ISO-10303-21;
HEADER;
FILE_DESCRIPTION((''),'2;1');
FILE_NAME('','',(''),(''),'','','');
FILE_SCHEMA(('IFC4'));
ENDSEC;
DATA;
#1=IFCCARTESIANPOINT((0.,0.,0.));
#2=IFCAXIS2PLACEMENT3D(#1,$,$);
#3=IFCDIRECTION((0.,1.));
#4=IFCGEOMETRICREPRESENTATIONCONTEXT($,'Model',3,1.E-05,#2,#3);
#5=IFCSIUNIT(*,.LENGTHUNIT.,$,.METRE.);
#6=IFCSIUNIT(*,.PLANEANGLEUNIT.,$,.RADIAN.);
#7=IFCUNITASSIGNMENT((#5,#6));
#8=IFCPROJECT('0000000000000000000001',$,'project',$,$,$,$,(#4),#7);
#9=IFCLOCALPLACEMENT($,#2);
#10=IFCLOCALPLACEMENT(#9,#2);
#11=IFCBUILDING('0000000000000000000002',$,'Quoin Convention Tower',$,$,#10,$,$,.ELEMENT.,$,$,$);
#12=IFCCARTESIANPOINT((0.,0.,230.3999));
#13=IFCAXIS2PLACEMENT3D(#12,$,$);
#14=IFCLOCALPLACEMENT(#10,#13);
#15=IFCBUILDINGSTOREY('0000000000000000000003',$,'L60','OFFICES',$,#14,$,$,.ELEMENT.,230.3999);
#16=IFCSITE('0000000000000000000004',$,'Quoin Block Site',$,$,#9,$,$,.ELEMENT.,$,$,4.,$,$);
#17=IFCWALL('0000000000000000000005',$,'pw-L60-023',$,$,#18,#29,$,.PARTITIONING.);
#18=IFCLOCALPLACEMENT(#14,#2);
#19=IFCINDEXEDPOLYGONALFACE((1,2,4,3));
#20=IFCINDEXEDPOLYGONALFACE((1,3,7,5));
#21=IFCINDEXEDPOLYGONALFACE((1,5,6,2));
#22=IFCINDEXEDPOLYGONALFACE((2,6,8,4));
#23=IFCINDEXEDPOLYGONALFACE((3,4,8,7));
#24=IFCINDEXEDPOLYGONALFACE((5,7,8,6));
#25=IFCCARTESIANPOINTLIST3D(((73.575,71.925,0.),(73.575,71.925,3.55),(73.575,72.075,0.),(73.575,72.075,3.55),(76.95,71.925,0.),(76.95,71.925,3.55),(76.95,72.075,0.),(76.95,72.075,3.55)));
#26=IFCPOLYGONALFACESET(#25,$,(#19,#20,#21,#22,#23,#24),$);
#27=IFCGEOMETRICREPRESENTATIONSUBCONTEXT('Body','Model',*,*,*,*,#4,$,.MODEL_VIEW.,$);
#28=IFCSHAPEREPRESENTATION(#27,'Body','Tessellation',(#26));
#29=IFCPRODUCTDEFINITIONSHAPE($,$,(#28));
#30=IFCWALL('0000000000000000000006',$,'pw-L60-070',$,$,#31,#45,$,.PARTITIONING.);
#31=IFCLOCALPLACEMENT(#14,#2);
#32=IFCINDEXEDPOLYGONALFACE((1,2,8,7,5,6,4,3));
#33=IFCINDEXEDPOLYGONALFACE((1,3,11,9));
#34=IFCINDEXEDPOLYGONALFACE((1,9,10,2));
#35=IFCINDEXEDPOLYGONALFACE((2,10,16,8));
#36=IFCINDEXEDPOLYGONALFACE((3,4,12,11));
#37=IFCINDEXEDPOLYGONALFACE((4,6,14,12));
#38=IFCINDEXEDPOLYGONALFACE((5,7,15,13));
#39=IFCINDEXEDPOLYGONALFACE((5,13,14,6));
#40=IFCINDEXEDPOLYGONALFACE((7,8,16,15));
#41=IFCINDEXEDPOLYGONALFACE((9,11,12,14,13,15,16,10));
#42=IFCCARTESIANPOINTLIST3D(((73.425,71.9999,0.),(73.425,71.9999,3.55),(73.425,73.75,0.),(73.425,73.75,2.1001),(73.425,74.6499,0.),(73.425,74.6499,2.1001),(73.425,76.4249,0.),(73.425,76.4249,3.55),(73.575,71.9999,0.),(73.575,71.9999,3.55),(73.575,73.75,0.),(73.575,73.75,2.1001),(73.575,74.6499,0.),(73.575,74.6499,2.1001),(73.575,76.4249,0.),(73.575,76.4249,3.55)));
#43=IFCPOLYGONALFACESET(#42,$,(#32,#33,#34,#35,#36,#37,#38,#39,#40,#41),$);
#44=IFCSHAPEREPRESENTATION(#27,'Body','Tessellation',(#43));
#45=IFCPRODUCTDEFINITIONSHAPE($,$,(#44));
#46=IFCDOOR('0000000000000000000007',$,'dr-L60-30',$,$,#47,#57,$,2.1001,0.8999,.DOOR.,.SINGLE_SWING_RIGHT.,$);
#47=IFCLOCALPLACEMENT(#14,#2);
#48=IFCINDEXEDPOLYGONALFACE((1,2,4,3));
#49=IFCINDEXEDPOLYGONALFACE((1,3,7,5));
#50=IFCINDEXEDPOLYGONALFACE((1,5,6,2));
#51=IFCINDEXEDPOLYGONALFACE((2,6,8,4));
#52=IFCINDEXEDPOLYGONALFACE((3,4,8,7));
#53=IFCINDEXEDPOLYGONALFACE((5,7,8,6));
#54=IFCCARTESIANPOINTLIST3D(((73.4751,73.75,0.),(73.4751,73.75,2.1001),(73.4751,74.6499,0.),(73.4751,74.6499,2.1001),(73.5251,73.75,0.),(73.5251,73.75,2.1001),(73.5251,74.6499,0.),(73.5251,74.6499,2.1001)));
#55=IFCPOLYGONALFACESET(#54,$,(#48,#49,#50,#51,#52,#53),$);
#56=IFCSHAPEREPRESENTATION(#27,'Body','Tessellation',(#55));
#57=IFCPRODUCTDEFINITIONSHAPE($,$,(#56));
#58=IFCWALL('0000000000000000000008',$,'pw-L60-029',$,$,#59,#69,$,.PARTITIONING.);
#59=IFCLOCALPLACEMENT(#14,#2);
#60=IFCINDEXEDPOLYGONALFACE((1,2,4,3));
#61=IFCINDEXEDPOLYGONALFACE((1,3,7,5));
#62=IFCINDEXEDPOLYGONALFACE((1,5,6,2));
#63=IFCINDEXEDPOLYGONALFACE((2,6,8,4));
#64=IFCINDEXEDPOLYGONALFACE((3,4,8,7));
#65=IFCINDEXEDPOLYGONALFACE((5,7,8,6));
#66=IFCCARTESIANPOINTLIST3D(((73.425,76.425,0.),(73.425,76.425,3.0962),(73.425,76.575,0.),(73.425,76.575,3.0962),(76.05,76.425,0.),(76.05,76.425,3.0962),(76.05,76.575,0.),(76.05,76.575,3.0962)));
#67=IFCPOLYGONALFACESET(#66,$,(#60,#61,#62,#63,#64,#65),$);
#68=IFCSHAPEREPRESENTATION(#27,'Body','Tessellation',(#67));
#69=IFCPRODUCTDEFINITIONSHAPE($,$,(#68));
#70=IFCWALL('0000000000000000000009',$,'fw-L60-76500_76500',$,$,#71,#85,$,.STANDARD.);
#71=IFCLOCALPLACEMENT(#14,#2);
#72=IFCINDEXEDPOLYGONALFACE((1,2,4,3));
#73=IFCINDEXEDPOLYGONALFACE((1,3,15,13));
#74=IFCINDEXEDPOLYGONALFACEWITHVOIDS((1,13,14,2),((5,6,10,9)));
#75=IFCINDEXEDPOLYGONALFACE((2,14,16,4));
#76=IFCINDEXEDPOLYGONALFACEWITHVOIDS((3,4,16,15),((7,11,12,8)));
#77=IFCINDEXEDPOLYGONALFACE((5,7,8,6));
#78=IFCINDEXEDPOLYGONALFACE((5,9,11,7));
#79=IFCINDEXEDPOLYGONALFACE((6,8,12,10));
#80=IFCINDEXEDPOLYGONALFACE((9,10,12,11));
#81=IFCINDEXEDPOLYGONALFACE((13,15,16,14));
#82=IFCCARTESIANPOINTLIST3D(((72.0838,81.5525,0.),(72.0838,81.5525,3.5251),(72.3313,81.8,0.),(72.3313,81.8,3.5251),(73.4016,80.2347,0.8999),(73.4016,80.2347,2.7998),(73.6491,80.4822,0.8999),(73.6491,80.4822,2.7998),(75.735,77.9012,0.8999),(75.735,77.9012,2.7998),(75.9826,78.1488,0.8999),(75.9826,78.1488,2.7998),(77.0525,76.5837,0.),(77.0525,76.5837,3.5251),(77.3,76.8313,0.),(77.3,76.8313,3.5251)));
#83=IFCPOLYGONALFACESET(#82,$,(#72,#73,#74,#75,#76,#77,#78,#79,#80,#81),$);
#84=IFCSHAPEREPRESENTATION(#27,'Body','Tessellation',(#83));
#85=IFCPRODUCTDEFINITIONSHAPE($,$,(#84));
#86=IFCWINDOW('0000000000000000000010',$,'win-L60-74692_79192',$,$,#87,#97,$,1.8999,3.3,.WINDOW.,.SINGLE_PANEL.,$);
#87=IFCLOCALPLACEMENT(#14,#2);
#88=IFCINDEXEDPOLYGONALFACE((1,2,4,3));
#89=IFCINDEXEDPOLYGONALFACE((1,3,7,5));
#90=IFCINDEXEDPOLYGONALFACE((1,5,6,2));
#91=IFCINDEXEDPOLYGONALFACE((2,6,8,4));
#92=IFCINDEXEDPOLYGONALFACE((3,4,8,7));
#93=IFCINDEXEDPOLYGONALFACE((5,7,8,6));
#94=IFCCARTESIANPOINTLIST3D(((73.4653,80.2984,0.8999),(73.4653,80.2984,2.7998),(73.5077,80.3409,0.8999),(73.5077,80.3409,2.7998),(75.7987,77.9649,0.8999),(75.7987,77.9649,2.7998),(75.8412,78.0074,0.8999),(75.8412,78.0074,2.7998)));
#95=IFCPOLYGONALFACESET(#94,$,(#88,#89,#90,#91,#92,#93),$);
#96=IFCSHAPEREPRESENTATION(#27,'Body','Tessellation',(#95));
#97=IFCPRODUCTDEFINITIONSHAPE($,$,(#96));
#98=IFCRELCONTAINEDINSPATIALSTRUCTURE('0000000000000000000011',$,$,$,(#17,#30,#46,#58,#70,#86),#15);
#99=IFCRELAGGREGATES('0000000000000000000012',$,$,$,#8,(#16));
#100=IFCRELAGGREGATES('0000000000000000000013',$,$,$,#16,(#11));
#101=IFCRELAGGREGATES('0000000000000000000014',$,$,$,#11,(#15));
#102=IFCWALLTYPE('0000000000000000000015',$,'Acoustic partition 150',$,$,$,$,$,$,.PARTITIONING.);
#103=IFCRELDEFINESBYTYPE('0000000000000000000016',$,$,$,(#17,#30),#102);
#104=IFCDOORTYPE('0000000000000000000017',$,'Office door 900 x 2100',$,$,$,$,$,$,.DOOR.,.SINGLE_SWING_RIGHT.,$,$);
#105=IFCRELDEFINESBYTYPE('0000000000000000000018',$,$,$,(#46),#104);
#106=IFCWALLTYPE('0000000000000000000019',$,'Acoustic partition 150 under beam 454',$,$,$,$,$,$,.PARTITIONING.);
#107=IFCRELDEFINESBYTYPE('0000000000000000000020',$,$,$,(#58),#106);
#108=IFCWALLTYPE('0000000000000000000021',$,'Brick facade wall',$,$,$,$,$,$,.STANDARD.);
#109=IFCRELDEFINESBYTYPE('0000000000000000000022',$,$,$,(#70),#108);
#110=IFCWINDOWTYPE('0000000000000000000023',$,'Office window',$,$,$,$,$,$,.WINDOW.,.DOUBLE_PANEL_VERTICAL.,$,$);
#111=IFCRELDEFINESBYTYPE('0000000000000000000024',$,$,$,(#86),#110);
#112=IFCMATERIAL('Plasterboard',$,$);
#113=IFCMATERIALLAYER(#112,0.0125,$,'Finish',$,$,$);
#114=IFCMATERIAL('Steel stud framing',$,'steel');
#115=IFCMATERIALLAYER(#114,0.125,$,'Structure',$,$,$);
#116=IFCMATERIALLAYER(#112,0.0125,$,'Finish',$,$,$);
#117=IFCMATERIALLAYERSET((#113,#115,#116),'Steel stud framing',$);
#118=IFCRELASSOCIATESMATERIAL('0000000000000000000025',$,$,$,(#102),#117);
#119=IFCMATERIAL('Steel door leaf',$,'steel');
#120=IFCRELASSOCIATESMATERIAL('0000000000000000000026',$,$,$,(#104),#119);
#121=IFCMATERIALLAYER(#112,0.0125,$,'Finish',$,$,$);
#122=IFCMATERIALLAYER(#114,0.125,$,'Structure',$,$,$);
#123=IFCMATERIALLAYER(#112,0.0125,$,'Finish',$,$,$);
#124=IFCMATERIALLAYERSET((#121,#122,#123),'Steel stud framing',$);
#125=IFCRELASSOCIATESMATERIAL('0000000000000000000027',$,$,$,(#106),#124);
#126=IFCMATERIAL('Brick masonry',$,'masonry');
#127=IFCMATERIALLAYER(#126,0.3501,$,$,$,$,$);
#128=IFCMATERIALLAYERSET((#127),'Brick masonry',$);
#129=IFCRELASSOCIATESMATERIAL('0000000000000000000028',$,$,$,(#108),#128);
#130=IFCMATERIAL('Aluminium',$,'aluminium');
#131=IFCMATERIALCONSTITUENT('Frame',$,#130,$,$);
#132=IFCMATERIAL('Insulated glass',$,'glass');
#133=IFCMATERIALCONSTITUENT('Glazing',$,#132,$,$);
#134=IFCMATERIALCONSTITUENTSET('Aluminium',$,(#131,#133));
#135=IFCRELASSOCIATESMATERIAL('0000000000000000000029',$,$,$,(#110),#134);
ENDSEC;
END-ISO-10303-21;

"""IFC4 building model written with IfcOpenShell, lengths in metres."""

from ifc_helpers import new_model, si_unit, direction, frame, frame_2d, origin, place, context, subcontext, project, spatial, rectangle, extrude, material, layer, layer_set, constituent, constituent_set, type_object, element, fill, save


model = new_model("IFC4")

# Units and contexts
model_context = context("Model", 3, precision=1e-05, world=origin(), true_north=direction((0.0, 1.0)))
body_context = subcontext(model_context, "Body", "Model", "MODEL_VIEW")
ifc_project = project(units=[si_unit("LENGTHUNIT", "METRE"), si_unit("PLANEANGLEUNIT", "RADIAN")], contexts=[model_context])

# Site, building, storey
site_placement = place(None, origin())
site = spatial("IfcSite", under=ifc_project, at=site_placement, Name="Quoin Block Site", CompositionType="ELEMENT", RefElevation=4.0)
building_placement = place(site_placement, origin())
building = spatial("IfcBuilding", under=site, at=building_placement, Name="Quoin Convention Tower", CompositionType="ELEMENT")
storey_placement = place(building_placement, frame((0.0, 0.0, 230.3999)))
storey = spatial("IfcBuildingStorey", under=building, at=storey_placement, Name="L60", Description="OFFICES", CompositionType="ELEMENT", Elevation=230.3999)

# Wall
ifc_material_1 = material(Name="Plasterboard")
ifc_layer_1 = layer(ifc_material_1, 0.0125, Name="Finish")
ifc_material_2 = material(Name="Steel stud framing", Category="steel")
ifc_layer_2 = layer(ifc_material_2, 0.125, Name="Structure")
ifc_layer_3 = layer(ifc_material_1, 0.0125, Name="Finish")
ifc_layer_set_1 = layer_set([ifc_layer_1, ifc_layer_2, ifc_layer_3], Name="Steel stud framing")
wall_type_1 = type_object("IfcWallType", Name="Acoustic partition 150", PredefinedType="PARTITIONING", material=ifc_layer_set_1)
wall_1_placement = place(storey_placement, frame((73.575, 72.0, 0.0), z_axis=(0.0, 0.0, 1.0), x_axis=(1.0, 0.0, 0.0)))
element("IfcWall", 1, at=wall_1_placement, inside=storey, type_object=wall_type_1, Name="pw-L60-023", PredefinedType="PARTITIONING", context=body_context, shape_type="SweptSolid", body=[
    extrude(rectangle(XDim=3.375, YDim=0.1499, at=frame_2d((1.6875, 0.0))), origin(), (0.0, 0.0, 1.0), 3.55),
])

# Wall, opening, door
wall_2_placement = place(storey_placement, frame((73.5, 72.0, 0.0), z_axis=(0.0, 0.0, 1.0), x_axis=(0.0, 1.0, 0.0)))
wall_2 = element("IfcWall", 2, at=wall_2_placement, inside=storey, type_object=wall_type_1, Name="pw-L60-070", PredefinedType="PARTITIONING", context=body_context, shape_type="SweptSolid", body=[
    extrude(rectangle(XDim=4.425, YDim=0.1499, at=frame_2d((2.2124, 0.0))), origin(), (0.0, 0.0, 1.0), 3.55),
])
opening_1_placement = place(wall_2_placement, frame((1.75, 0.0, 0.0)))
opening_1 = element("IfcOpeningElement", 3, at=opening_1_placement, cuts=wall_2, PredefinedType="OPENING", context=body_context, shape_type="SweptSolid", body=[
    extrude(rectangle(XDim=0.8999, YDim=2.1001, at=frame_2d((0.45, 1.05))), frame((0.0, 0.085, 0.0), z_axis=(0.0, -1.0, 0.0), x_axis=(1.0, 0.0, 0.0)), (0.0, 0.0, 1.0), 0.1699),
])
ifc_material_3 = material(Name="Steel door leaf", Category="steel")
door_type = type_object("IfcDoorType", Name="Office door 900 x 2100", OperationType="SINGLE_SWING_RIGHT", PredefinedType="DOOR", material=ifc_material_3)
door_1_placement = place(opening_1_placement, origin())
door_1 = element("IfcDoor", 4, at=door_1_placement, inside=storey, type_object=door_type, Name="dr-L60-30", OperationType="SINGLE_SWING_RIGHT", OverallHeight=2.1001, OverallWidth=0.8999, PredefinedType="DOOR", context=body_context, shape_type="SweptSolid", body=[
    extrude(rectangle(XDim=0.8999, YDim=2.1001, at=frame_2d((0.45, 1.05))), frame((0.0, 0.0249, 0.0), z_axis=(0.0, -1.0, 0.0), x_axis=(1.0, 0.0, 0.0)), (0.0, 0.0, 1.0), 0.05),
])
fill(opening_1, door_1)

# Wall
ifc_layer_4 = layer(ifc_material_1, 0.0125, Name="Finish")
ifc_layer_5 = layer(ifc_material_2, 0.125, Name="Structure")
ifc_layer_6 = layer(ifc_material_1, 0.0125, Name="Finish")
ifc_layer_set_2 = layer_set([ifc_layer_4, ifc_layer_5, ifc_layer_6], Name="Steel stud framing")
wall_type_2 = type_object("IfcWallType", Name="Acoustic partition 150 under beam 454", PredefinedType="PARTITIONING", material=ifc_layer_set_2)
wall_3_placement = place(storey_placement, frame((73.425, 76.5, 0.0), z_axis=(0.0, 0.0, 1.0), x_axis=(1.0, 0.0, 0.0)))
element("IfcWall", 5, at=wall_3_placement, inside=storey, type_object=wall_type_2, Name="pw-L60-029", PredefinedType="PARTITIONING", context=body_context, shape_type="SweptSolid", body=[
    extrude(rectangle(XDim=2.625, YDim=0.1499, at=frame_2d((1.3125, 0.0))), origin(), (0.0, 0.0, 1.0), 3.0962),
])

# Wall, opening, window
ifc_material_4 = material(Name="Brick masonry", Category="masonry")
ifc_layer_7 = layer(ifc_material_4, 0.3501)
ifc_layer_set_3 = layer_set([ifc_layer_7], Name="Brick masonry")
wall_type_3 = type_object("IfcWallType", Name="Brick facade wall", PredefinedType="STANDARD", material=ifc_layer_set_3)
wall_4_placement = place(storey_placement, frame((77.1763, 76.7075, 0.0), z_axis=(0.0, 0.0, 1.0), x_axis=(-0.707107, 0.707107, 0.0)))
wall_4 = element("IfcWall", 6, at=wall_4_placement, inside=storey, type_object=wall_type_3, Name="fw-L60-76500_76500", PredefinedType="STANDARD", context=body_context, shape_type="SweptSolid", body=[
    extrude(rectangle(XDim=7.0269, YDim=0.3501, at=frame_2d((3.5134, 0.0))), origin(), (0.0, 0.0, 1.0), 3.5251),
])
opening_2_placement = place(wall_4_placement, frame((1.8633, 0.0, 0.8999)))
opening_2 = element("IfcOpeningElement", 7, at=opening_2_placement, cuts=wall_4, PredefinedType="OPENING", context=body_context, shape_type="SweptSolid", body=[
    extrude(rectangle(XDim=3.3, YDim=1.8999, at=frame_2d((1.6499, 0.95))), frame((0.0, 0.1851, 0.0), z_axis=(0.0, -1.0, 0.0), x_axis=(1.0, 0.0, 0.0)), (0.0, 0.0, 1.0), 0.3701),
])
ifc_material_5 = material(Name="Aluminium", Category="aluminium")
ifc_constituent_1 = constituent(ifc_material_5, Name="Frame")
ifc_material_6 = material(Name="Insulated glass", Category="glass")
ifc_constituent_2 = constituent(ifc_material_6, Name="Glazing")
ifc_constituent_set = constituent_set(constituents=[ifc_constituent_1, ifc_constituent_2], Name="Aluminium")
window_type = type_object("IfcWindowType", Name="Office window", PartitioningType="DOUBLE_PANEL_VERTICAL", PredefinedType="WINDOW", material=ifc_constituent_set)
window_1_placement = place(opening_2_placement, origin())
window_1 = element("IfcWindow", 8, at=window_1_placement, inside=storey, type_object=window_type, Name="win-L60-74692_79192", OverallHeight=1.8999, OverallWidth=3.3, PartitioningType="SINGLE_PANEL", PredefinedType="WINDOW", context=body_context, shape_type="SweptSolid", body=[
    extrude(rectangle(XDim=3.3, YDim=1.8999, at=frame_2d((1.6499, 0.95))), frame((0.0, 0.085, 0.0), z_axis=(0.0, -1.0, 0.0), x_axis=(1.0, 0.0, 0.0)), (0.0, 0.0, 1.0), 0.0601),
])
fill(opening_2, window_1)

save(model, "model.ifc")
